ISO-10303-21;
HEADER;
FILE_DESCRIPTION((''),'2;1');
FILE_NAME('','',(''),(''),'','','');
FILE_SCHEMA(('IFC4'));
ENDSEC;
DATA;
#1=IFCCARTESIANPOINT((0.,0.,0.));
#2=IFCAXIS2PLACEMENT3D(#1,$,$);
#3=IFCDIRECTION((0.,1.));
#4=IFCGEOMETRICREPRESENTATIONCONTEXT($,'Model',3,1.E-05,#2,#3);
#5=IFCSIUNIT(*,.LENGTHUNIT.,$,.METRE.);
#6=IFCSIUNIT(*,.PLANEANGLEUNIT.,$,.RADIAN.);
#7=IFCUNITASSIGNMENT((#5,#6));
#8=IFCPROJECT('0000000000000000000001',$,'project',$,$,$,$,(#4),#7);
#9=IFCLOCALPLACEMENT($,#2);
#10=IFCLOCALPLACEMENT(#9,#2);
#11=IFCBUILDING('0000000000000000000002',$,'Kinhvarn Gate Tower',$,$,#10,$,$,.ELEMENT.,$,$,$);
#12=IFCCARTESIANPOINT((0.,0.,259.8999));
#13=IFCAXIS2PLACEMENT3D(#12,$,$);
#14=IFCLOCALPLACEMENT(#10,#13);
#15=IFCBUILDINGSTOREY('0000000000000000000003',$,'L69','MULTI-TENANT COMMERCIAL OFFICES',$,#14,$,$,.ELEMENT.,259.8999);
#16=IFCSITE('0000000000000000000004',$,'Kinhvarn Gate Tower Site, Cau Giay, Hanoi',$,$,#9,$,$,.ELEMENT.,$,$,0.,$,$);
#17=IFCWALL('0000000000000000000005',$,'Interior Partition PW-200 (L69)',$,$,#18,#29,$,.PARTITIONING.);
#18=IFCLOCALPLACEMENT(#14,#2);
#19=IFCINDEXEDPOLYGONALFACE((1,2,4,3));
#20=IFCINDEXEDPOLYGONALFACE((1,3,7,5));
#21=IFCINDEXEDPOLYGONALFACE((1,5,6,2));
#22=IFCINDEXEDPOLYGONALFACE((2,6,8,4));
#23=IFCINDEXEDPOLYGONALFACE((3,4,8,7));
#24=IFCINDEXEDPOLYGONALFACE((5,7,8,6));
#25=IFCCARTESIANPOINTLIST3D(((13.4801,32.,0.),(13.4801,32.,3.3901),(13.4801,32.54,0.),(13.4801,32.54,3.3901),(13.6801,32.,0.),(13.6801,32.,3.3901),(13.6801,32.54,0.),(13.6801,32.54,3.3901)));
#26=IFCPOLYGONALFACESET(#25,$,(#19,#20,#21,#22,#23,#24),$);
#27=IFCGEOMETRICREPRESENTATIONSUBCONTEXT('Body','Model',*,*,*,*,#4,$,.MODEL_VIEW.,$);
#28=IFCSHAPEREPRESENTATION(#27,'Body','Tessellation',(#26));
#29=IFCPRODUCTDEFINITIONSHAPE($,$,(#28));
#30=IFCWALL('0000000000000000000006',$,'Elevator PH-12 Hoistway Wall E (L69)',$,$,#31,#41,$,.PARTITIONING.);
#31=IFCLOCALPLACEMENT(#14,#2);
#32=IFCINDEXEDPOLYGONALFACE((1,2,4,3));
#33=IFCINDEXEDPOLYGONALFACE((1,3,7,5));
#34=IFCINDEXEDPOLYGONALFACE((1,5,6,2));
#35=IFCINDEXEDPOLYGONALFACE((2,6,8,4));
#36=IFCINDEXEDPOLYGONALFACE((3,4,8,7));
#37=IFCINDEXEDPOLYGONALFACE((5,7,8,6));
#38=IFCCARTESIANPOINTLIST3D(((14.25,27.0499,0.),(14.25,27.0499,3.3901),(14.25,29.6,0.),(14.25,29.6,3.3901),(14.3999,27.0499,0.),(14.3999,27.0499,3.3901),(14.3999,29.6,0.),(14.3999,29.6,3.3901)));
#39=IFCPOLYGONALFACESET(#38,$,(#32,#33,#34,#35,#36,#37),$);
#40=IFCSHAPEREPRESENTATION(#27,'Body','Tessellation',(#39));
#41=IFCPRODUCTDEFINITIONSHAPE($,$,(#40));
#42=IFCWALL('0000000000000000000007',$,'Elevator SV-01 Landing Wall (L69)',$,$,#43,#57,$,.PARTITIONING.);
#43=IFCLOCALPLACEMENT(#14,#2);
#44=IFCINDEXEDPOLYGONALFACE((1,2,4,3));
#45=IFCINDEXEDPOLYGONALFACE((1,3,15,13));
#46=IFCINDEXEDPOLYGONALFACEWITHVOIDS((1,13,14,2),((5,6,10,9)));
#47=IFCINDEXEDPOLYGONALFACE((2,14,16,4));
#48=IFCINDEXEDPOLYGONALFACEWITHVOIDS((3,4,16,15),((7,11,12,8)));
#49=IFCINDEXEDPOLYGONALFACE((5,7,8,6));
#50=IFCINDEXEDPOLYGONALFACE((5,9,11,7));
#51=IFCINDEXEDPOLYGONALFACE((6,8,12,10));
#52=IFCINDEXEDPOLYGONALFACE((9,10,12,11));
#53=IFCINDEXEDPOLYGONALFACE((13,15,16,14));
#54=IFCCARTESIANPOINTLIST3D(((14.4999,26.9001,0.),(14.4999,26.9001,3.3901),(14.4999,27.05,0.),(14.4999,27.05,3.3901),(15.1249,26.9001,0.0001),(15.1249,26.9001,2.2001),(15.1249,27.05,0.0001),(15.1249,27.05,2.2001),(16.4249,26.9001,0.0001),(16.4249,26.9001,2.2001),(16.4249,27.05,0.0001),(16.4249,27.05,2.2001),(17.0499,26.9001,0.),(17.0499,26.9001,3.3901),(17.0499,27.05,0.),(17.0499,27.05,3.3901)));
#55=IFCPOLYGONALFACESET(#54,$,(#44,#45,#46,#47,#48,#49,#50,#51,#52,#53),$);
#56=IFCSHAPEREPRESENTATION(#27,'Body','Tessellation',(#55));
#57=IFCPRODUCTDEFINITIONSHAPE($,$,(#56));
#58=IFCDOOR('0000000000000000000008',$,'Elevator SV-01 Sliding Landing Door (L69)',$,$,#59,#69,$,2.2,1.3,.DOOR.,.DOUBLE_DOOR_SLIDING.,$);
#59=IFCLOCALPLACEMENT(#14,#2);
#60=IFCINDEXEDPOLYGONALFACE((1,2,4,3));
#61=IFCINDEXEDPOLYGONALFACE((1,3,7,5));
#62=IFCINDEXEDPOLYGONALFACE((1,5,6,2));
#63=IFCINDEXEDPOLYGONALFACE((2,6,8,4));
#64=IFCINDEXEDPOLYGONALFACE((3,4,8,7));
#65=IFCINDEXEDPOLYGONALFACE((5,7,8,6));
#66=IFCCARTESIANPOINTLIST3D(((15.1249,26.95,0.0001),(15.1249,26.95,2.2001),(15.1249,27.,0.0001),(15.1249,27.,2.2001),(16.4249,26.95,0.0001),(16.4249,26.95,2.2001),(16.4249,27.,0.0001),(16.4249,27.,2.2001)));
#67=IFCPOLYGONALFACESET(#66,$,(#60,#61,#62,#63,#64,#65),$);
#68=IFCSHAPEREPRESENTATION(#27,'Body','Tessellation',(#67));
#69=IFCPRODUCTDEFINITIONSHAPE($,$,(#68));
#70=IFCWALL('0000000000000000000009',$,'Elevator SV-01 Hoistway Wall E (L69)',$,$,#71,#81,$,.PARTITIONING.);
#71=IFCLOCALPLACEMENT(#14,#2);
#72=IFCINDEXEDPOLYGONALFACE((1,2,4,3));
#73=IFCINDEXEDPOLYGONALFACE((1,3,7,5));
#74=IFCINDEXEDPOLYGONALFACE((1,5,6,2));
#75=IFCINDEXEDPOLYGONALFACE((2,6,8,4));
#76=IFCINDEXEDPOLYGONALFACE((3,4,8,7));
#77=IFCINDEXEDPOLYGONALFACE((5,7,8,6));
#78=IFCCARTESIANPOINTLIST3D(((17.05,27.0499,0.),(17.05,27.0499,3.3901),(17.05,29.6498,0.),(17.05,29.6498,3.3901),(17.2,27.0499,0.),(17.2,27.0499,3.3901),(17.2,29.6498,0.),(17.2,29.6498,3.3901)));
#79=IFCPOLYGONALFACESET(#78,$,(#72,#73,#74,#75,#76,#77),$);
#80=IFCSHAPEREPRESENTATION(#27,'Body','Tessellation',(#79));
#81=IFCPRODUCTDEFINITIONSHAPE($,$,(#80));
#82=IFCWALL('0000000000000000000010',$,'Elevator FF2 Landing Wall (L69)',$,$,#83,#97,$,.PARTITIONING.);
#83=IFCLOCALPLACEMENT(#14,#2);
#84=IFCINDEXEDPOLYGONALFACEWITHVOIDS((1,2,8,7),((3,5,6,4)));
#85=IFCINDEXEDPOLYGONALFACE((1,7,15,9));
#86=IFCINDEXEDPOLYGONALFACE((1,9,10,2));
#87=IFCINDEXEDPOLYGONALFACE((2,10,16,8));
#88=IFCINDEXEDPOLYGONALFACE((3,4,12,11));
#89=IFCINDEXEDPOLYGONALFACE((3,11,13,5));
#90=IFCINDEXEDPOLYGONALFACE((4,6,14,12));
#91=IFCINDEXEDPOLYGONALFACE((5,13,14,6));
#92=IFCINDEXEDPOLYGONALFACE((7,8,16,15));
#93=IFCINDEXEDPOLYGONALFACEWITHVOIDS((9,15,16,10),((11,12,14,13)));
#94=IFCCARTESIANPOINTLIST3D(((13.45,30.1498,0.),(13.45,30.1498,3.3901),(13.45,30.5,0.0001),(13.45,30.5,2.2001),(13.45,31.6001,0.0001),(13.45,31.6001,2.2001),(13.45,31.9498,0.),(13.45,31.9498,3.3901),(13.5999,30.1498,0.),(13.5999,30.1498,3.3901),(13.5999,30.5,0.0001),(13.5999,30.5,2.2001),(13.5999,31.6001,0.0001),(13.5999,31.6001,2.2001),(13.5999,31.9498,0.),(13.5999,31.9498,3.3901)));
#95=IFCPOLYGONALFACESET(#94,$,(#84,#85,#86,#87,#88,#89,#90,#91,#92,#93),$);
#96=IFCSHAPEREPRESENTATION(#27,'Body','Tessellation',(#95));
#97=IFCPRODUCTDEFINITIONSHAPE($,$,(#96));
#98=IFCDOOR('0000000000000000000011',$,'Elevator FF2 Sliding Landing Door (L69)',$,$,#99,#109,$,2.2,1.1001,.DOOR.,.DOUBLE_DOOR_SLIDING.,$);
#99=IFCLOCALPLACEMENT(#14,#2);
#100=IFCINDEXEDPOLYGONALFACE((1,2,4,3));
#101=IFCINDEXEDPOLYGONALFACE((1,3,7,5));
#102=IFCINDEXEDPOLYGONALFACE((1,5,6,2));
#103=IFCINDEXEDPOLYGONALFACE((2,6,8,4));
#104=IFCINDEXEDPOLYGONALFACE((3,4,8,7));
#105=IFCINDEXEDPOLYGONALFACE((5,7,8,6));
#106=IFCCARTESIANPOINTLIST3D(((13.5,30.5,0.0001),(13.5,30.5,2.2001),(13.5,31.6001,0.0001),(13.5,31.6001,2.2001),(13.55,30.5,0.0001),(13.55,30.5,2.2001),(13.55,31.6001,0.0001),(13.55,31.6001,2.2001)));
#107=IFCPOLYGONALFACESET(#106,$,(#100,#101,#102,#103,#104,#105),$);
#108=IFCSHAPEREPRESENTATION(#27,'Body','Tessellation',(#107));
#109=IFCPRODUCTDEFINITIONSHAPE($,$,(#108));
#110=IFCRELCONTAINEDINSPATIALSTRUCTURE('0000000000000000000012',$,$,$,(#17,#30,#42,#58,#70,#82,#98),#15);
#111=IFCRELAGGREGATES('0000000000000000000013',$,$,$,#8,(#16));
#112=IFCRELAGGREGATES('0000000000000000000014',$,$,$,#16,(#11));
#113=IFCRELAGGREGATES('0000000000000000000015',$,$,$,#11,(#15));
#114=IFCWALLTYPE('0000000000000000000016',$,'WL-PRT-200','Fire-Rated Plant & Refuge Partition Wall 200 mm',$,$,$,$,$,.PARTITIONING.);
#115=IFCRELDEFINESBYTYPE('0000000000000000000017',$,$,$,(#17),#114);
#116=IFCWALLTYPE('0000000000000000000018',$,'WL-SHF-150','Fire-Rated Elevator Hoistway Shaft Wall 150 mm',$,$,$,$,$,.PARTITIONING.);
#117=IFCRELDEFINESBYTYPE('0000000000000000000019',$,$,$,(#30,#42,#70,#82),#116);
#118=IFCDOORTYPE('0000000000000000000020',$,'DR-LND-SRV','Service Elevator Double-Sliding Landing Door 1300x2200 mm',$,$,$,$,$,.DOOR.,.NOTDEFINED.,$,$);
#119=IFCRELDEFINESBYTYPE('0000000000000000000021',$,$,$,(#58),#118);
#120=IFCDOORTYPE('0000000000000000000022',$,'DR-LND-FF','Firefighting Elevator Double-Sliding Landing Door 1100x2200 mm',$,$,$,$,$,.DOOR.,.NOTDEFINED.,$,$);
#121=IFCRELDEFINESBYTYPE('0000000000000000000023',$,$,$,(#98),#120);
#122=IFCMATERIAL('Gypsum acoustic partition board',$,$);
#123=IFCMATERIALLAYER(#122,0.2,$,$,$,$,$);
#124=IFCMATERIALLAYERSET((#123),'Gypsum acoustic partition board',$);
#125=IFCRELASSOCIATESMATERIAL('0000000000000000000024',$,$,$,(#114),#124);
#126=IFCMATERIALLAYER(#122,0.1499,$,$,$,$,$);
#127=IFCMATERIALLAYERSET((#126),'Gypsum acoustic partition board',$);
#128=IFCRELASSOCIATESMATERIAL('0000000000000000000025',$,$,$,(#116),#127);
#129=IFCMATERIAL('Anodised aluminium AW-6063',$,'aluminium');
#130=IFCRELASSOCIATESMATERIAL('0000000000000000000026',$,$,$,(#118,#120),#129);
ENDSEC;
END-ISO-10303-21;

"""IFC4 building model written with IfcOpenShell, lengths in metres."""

from ifc_helpers import new_model, si_unit, direction, frame, frame_2d, origin, place, context, subcontext, project, spatial, rectangle, extrude, material, layer, layer_set, type_object, element, fill, save


model = new_model("IFC4")

# Units and contexts
model_context = context("Model", 3, precision=1e-05, world=origin(), true_north=direction((0.0, 1.0)))
body_context = subcontext(model_context, "Body", "Model", "MODEL_VIEW")
ifc_project = project(units=[si_unit("LENGTHUNIT", "METRE"), si_unit("PLANEANGLEUNIT", "RADIAN")], contexts=[model_context])

# Site, building, storey
site_placement = place(None, origin())
site = spatial("IfcSite", under=ifc_project, at=site_placement, Name="Kinhvarn Gate Tower Site, Cau Giay, Hanoi", CompositionType="ELEMENT", RefElevation=0.0)
building_placement = place(site_placement, origin())
building = spatial("IfcBuilding", under=site, at=building_placement, Name="Kinhvarn Gate Tower", CompositionType="ELEMENT")
storey_placement = place(building_placement, frame((0.0, 0.0, 259.8999)))
storey = spatial("IfcBuildingStorey", under=building, at=storey_placement, Name="L69", Description="MULTI-TENANT COMMERCIAL OFFICES", CompositionType="ELEMENT", Elevation=259.8999)

# Shared definitions
ifc_material_1 = material(Name="Anodised aluminium AW-6063", Category="aluminium")

# Shared definitions
ifc_material_2 = material(Name="Gypsum acoustic partition board")

# Walls
ifc_layer_1 = layer(ifc_material_2, 0.2)
ifc_layer_set_1 = layer_set([ifc_layer_1], Name="Gypsum acoustic partition board")
wall_type_1 = type_object("IfcWallType", Name="WL-PRT-200", Description="Fire-Rated Plant & Refuge Partition Wall 200 mm", PredefinedType="PARTITIONING", material=ifc_layer_set_1)
wall_1_placement = place(storey_placement, frame((13.5801, 32.0, 0.0), z_axis=(0.0, 0.0, 1.0), x_axis=(0.0, 1.0, 0.0)))
element("IfcWall", 1, at=wall_1_placement, inside=storey, type_object=wall_type_1, Name="Interior Partition PW-200 (L69)", PredefinedType="PARTITIONING", context=body_context, shape_type="SweptSolid", body=[
    extrude(rectangle(XDim=0.54, YDim=0.2, at=frame_2d((0.27, 0.0))), origin(), (0.0, 0.0, 1.0), 3.3901),
])
ifc_layer_2 = layer(ifc_material_2, 0.1499)
ifc_layer_set_2 = layer_set([ifc_layer_2], Name="Gypsum acoustic partition board")
wall_type_2 = type_object("IfcWallType", Name="WL-SHF-150", Description="Fire-Rated Elevator Hoistway Shaft Wall 150 mm", PredefinedType="PARTITIONING", material=ifc_layer_set_2)
wall_2_placement = place(storey_placement, frame((14.325, 27.05, 0.0), z_axis=(0.0, 0.0, 1.0), x_axis=(0.0, 1.0, 0.0)))
element("IfcWall", 2, at=wall_2_placement, inside=storey, type_object=wall_type_2, Name="Elevator PH-12 Hoistway Wall E (L69)", PredefinedType="PARTITIONING", context=body_context, shape_type="SweptSolid", body=[
    extrude(rectangle(XDim=2.55, YDim=0.1499, at=frame_2d((1.2749, 0.0))), origin(), (0.0, 0.0, 1.0), 3.3901),
])

# Wall, opening, door
wall_3_placement = place(storey_placement, frame((14.5, 26.9751, 0.0), z_axis=(0.0, 0.0, 1.0), x_axis=(1.0, 0.0, 0.0)))
wall_3 = element("IfcWall", 3, at=wall_3_placement, inside=storey, type_object=wall_type_2, Name="Elevator SV-01 Landing Wall (L69)", PredefinedType="PARTITIONING", context=body_context, shape_type="SweptSolid", body=[
    extrude(rectangle(XDim=2.55, YDim=0.1499, at=frame_2d((1.2749, 0.0))), origin(), (0.0, 0.0, 1.0), 3.3901),
])
opening_1_placement = place(wall_3_placement, frame((0.625, 0.0, 0.0)))
opening_1 = element("IfcOpeningElement", 4, at=opening_1_placement, cuts=wall_3, PredefinedType="OPENING", context=body_context, shape_type="SweptSolid", body=[
    extrude(rectangle(XDim=1.3, YDim=2.2, at=frame_2d((0.6499, 1.1001))), frame((0.0, 0.085, 0.0), z_axis=(0.0, -1.0, 0.0), x_axis=(1.0, 0.0, 0.0)), (0.0, 0.0, 1.0), 0.1699),
])
door_type_1 = type_object("IfcDoorType", Name="DR-LND-SRV", Description="Service Elevator Double-Sliding Landing Door 1300x2200 mm", OperationType="NOTDEFINED", PredefinedType="DOOR", material=ifc_material_1)
door_1_placement = place(opening_1_placement, origin())
door_1 = element("IfcDoor", 5, at=door_1_placement, inside=storey, type_object=door_type_1, Name="Elevator SV-01 Sliding Landing Door (L69)", OperationType="DOUBLE_DOOR_SLIDING", OverallHeight=2.2, OverallWidth=1.3, PredefinedType="DOOR", context=body_context, shape_type="SweptSolid", body=[
    extrude(rectangle(XDim=1.3, YDim=2.2, at=frame_2d((0.6499, 1.1001))), frame((0.0, 0.0249, 0.0), z_axis=(0.0, -1.0, 0.0), x_axis=(1.0, 0.0, 0.0)), (0.0, 0.0, 1.0), 0.05),
])
fill(opening_1, door_1)

# Wall
wall_4_placement = place(storey_placement, frame((17.125, 27.05, 0.0), z_axis=(0.0, 0.0, 1.0), x_axis=(0.0, 1.0, 0.0)))
element("IfcWall", 6, at=wall_4_placement, inside=storey, type_object=wall_type_2, Name="Elevator SV-01 Hoistway Wall E (L69)", PredefinedType="PARTITIONING", context=body_context, shape_type="SweptSolid", body=[
    extrude(rectangle(XDim=2.5999, YDim=0.1499, at=frame_2d((1.2998, 0.0))), origin(), (0.0, 0.0, 1.0), 3.3901),
])

# Wall, opening, door
wall_5_placement = place(storey_placement, frame((13.5249, 30.1499, 0.0), z_axis=(0.0, 0.0, 1.0), x_axis=(0.0, 1.0, 0.0)))
wall_5 = element("IfcWall", 7, at=wall_5_placement, inside=storey, type_object=wall_type_2, Name="Elevator FF2 Landing Wall (L69)", PredefinedType="PARTITIONING", context=body_context, shape_type="SweptSolid", body=[
    extrude(rectangle(XDim=1.8, YDim=0.1499, at=frame_2d((0.8999, 0.0))), origin(), (0.0, 0.0, 1.0), 3.3901),
])
opening_2_placement = place(wall_5_placement, frame((0.3501, 0.0, 0.0)))
opening_2 = element("IfcOpeningElement", 8, at=opening_2_placement, cuts=wall_5, PredefinedType="OPENING", context=body_context, shape_type="SweptSolid", body=[
    extrude(rectangle(XDim=1.1001, YDim=2.2, at=frame_2d((0.55, 1.1001))), frame((0.0, 0.085, 0.0), z_axis=(0.0, -1.0, 0.0), x_axis=(1.0, 0.0, 0.0)), (0.0, 0.0, 1.0), 0.1699),
])
door_type_2 = type_object("IfcDoorType", Name="DR-LND-FF", Description="Firefighting Elevator Double-Sliding Landing Door 1100x2200 mm", OperationType="NOTDEFINED", PredefinedType="DOOR", material=ifc_material_1)
door_2_placement = place(opening_2_placement, origin())
door_2 = element("IfcDoor", 9, at=door_2_placement, inside=storey, type_object=door_type_2, Name="Elevator FF2 Sliding Landing Door (L69)", OperationType="DOUBLE_DOOR_SLIDING", OverallHeight=2.2, OverallWidth=1.1001, PredefinedType="DOOR", context=body_context, shape_type="SweptSolid", body=[
    extrude(rectangle(XDim=1.1001, YDim=2.2, at=frame_2d((0.55, 1.1001))), frame((0.0, 0.0249, 0.0), z_axis=(0.0, -1.0, 0.0), x_axis=(1.0, 0.0, 0.0)), (0.0, 0.0, 1.0), 0.05),
])
fill(opening_2, door_2)

save(model, "model.ifc")
